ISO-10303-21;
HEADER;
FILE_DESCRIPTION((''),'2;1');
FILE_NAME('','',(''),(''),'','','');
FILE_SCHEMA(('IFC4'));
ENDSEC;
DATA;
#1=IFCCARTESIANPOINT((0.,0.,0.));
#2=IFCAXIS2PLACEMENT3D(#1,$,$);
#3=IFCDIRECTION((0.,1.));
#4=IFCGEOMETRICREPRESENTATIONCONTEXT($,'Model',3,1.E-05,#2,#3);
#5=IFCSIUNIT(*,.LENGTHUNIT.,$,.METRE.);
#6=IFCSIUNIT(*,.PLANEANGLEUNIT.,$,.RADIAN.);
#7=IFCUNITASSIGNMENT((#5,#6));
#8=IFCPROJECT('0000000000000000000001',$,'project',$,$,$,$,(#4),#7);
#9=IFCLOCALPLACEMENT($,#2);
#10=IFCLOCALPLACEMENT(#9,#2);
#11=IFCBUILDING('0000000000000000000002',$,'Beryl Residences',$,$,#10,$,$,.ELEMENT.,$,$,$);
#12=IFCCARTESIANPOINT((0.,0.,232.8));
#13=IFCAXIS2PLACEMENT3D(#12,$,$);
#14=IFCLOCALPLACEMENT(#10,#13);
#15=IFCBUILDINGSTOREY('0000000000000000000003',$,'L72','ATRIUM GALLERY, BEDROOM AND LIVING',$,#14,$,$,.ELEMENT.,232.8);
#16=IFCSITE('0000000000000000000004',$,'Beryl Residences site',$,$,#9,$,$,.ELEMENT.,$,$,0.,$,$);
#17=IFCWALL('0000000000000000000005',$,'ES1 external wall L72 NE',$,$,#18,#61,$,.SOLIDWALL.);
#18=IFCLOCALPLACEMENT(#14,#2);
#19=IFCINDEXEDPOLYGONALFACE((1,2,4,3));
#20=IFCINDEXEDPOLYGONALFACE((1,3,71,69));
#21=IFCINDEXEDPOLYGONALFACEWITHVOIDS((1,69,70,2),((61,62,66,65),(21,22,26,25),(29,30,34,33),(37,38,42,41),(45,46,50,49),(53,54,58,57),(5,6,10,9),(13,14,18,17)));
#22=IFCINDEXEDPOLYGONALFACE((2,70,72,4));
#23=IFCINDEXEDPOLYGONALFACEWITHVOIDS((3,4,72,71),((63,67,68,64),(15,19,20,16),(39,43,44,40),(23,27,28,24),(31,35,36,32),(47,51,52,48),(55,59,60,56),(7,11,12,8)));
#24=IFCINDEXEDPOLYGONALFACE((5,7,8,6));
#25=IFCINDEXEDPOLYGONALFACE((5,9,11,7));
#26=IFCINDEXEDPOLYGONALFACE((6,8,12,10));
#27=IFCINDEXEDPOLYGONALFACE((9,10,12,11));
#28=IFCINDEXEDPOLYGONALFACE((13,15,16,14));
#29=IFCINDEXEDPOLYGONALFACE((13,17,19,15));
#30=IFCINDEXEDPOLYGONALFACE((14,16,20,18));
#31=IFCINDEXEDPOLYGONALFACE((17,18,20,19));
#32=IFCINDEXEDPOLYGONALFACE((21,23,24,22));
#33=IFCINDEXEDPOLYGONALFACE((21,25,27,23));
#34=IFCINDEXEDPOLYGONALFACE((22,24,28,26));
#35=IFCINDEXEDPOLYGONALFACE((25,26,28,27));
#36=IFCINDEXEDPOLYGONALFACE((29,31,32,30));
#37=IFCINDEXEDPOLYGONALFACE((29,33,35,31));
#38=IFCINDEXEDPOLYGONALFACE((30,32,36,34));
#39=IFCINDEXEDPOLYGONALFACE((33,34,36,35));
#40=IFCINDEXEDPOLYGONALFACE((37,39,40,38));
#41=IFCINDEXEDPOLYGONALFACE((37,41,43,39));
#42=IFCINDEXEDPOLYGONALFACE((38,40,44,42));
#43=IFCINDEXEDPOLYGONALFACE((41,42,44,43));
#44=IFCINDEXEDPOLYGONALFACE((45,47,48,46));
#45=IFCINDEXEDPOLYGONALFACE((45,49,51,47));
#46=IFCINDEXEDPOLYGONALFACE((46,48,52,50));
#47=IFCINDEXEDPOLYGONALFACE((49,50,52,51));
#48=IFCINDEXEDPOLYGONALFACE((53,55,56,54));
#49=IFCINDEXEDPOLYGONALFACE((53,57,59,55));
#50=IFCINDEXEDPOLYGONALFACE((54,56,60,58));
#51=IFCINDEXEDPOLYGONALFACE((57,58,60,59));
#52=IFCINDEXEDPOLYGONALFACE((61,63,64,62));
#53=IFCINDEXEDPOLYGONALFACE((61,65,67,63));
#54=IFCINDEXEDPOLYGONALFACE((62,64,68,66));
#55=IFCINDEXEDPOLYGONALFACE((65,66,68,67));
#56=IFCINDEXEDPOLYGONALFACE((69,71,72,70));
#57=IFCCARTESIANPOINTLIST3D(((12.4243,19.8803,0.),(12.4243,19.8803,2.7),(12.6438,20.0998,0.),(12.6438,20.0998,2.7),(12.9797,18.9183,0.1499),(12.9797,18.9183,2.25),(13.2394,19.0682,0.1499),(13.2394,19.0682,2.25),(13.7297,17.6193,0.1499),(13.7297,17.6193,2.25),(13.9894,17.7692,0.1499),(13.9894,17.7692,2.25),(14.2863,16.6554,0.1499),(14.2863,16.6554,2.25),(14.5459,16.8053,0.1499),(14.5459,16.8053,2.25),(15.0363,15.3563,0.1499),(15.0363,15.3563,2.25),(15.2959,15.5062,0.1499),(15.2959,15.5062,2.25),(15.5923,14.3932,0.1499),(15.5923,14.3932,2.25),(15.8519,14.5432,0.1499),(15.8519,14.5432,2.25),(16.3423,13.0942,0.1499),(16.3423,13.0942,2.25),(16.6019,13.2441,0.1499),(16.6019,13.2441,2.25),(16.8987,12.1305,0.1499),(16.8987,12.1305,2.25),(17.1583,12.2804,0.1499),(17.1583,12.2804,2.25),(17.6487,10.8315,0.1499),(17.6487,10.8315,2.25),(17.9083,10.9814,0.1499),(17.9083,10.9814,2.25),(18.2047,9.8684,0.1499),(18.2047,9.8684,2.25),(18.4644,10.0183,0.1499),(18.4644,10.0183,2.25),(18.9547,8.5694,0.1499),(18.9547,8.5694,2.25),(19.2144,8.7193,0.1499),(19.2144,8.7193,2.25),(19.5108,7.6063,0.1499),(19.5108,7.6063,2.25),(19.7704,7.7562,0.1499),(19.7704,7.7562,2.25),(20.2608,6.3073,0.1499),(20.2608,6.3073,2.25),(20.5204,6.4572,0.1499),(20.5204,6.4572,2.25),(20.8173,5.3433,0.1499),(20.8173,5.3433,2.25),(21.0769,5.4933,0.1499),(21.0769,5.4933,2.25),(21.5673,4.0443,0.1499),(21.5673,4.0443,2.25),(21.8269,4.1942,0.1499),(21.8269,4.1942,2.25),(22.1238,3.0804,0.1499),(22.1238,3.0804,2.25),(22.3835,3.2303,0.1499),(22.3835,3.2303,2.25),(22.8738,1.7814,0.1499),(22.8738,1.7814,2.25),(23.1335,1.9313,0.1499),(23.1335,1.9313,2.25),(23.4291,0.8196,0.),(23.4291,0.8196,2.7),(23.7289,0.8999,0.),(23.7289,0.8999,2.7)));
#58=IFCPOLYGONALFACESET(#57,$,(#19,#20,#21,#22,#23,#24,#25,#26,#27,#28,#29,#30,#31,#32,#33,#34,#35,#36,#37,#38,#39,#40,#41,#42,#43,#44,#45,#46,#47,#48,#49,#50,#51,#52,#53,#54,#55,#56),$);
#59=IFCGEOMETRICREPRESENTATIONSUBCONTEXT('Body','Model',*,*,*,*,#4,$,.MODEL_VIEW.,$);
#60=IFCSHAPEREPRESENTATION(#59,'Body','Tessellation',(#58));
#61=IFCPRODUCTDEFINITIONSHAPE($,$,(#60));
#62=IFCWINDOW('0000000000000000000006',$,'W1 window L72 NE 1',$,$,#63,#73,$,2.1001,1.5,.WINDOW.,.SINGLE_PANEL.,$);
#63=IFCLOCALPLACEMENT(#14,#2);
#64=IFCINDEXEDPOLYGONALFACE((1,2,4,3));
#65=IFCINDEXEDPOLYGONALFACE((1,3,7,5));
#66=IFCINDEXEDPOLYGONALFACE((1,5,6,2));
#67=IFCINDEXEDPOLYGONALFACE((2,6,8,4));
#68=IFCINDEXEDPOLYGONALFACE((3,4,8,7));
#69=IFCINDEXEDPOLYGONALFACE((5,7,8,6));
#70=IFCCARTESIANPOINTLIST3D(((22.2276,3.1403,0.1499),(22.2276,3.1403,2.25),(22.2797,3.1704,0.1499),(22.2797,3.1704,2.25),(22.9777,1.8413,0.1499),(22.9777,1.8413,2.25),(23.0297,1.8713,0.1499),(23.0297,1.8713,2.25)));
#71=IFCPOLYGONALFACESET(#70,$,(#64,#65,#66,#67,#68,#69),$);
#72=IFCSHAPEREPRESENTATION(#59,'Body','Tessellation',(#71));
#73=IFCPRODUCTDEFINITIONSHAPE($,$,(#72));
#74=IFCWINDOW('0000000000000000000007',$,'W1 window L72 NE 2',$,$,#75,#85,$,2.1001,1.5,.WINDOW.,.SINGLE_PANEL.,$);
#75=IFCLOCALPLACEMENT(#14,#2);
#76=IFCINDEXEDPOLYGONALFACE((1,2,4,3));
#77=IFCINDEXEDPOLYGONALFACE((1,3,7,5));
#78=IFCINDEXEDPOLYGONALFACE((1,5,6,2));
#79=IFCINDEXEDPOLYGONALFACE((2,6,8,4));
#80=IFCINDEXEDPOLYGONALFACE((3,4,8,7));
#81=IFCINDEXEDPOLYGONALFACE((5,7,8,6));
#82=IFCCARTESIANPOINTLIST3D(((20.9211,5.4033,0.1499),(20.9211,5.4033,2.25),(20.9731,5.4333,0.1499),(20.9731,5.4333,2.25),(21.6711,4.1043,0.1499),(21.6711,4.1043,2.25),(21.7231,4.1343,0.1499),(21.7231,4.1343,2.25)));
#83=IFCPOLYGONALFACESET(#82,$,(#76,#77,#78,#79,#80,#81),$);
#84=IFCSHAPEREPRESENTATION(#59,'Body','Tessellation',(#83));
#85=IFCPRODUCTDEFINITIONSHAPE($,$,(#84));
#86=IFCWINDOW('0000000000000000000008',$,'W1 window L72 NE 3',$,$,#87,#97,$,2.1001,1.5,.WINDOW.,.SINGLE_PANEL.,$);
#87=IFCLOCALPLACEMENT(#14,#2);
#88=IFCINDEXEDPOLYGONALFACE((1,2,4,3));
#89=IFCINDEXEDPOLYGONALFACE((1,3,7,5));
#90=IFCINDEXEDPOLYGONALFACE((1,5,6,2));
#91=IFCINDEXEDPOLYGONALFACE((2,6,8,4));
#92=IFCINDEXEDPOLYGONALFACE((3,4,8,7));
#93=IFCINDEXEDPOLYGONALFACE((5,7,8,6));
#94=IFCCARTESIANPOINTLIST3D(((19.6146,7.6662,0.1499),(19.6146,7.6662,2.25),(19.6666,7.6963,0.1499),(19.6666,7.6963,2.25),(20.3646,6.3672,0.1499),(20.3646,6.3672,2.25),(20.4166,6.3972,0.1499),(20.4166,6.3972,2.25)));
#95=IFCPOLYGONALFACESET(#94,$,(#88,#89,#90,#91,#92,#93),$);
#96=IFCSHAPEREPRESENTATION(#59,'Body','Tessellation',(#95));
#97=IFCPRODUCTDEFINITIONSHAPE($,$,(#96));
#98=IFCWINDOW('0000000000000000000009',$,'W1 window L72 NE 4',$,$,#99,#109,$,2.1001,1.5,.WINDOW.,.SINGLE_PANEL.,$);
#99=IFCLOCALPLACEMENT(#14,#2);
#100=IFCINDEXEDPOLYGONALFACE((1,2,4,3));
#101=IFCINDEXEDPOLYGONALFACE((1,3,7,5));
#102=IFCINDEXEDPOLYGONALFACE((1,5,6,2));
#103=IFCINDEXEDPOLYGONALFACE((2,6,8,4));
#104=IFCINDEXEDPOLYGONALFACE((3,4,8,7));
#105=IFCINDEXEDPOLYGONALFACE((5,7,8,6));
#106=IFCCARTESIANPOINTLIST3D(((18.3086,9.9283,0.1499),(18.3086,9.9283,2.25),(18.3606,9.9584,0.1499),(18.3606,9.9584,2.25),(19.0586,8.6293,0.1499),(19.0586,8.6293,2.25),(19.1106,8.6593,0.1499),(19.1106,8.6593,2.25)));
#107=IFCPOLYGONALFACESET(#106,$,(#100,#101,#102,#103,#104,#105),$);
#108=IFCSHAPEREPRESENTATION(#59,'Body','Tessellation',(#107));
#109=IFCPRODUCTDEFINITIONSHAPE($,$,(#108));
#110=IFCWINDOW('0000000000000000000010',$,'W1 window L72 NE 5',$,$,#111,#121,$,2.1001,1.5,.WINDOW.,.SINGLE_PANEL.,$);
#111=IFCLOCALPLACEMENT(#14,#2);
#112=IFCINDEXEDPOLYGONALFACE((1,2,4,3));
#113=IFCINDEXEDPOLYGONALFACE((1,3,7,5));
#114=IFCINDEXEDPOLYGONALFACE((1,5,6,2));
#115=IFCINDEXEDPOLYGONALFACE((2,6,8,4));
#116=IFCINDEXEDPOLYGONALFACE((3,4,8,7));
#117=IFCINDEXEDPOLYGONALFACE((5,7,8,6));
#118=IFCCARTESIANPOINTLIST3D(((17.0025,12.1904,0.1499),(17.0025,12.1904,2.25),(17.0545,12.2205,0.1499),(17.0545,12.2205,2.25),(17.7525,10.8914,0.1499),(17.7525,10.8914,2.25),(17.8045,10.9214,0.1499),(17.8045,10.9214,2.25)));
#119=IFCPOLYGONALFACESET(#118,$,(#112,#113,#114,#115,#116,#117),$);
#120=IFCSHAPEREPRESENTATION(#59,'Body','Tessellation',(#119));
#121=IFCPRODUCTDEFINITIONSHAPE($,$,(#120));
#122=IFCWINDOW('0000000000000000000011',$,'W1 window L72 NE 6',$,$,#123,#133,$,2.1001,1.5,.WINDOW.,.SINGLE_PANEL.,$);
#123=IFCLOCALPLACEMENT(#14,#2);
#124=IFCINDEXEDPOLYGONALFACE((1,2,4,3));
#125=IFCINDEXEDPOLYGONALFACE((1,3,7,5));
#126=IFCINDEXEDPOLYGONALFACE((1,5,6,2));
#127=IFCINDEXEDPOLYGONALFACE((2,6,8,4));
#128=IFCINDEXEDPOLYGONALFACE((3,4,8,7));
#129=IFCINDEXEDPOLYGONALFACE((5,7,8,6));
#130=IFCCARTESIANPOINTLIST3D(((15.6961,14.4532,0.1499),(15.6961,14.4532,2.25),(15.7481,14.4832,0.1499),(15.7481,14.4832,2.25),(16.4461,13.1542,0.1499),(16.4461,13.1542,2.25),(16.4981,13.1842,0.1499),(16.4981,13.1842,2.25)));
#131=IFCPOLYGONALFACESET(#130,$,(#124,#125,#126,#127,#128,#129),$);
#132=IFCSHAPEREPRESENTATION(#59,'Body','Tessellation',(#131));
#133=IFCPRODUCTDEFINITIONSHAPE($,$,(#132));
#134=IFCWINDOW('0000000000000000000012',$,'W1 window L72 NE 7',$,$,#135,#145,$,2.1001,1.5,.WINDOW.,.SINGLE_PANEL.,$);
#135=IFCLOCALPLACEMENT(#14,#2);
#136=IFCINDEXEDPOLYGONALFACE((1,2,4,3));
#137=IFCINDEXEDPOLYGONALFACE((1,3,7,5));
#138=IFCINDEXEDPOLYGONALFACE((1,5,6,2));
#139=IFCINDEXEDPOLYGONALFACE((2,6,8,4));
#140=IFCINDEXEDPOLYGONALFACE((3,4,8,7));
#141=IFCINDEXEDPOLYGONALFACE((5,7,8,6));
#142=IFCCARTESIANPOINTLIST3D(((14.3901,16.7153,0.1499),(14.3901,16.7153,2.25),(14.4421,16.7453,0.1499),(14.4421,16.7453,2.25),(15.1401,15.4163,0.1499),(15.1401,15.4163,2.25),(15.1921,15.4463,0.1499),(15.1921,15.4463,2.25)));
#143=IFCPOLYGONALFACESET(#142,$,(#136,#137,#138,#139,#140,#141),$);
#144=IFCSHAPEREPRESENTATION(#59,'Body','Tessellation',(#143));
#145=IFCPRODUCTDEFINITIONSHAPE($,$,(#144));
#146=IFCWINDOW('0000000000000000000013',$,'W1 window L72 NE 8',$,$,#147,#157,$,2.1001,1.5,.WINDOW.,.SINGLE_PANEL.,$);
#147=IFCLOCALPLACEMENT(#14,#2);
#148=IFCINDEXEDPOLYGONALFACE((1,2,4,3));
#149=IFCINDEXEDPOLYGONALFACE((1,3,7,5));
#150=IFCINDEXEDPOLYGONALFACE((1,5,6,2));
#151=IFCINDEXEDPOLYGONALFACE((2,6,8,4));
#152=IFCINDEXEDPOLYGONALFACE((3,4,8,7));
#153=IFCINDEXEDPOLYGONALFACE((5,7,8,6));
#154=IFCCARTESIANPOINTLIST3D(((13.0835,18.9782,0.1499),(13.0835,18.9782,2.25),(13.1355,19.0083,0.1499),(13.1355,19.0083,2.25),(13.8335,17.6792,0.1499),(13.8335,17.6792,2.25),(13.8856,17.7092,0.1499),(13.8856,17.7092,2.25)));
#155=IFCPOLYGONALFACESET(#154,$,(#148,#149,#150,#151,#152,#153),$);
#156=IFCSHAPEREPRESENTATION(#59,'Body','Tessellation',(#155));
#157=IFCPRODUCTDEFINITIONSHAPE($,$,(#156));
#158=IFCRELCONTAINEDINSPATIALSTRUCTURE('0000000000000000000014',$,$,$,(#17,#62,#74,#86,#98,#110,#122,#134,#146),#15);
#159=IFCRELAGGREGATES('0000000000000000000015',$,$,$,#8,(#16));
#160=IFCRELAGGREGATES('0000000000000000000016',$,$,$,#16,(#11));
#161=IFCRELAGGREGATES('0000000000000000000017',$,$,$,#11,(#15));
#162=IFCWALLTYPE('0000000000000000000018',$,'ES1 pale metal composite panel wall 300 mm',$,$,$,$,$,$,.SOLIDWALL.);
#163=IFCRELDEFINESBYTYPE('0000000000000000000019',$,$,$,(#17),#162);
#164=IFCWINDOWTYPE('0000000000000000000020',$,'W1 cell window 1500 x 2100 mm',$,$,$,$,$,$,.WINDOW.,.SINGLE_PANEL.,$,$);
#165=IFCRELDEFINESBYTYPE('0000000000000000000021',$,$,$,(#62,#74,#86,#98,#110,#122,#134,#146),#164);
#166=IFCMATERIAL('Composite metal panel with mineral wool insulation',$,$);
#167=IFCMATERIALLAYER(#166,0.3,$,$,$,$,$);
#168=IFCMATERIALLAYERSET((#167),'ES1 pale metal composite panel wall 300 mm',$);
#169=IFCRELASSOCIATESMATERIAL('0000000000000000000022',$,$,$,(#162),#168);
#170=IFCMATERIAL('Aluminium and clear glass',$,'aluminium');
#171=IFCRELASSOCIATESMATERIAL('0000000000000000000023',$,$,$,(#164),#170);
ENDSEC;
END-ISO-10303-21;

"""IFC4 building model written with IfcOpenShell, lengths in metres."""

from ifc_helpers import new_model, si_unit, direction, frame, frame_2d, origin, place, context, subcontext, project, spatial, polyline, rectangle, outline, extrude, material, layer, layer_set, type_object, element, fill, save


model = new_model("IFC4")

# Units and contexts
model_context = context("Model", 3, precision=1e-05, world=origin(), true_north=direction((0.0, 1.0)))
body_context = subcontext(model_context, "Body", "Model", "MODEL_VIEW")
ifc_project = project(units=[si_unit("LENGTHUNIT", "METRE"), si_unit("PLANEANGLEUNIT", "RADIAN")], contexts=[model_context])

# Site, building, storey
site_placement = place(None, origin())
site = spatial("IfcSite", under=ifc_project, at=site_placement, Name="Beryl Residences site", CompositionType="ELEMENT", RefElevation=0.0)
building_placement = place(site_placement, origin())
building = spatial("IfcBuilding", under=site, at=building_placement, Name="Beryl Residences", CompositionType="ELEMENT")
storey_placement = place(building_placement, frame((0.0, 0.0, 232.8)))
storey = spatial("IfcBuildingStorey", under=building, at=storey_placement, Name="L72", Description="ATRIUM GALLERY, BEDROOM AND LIVING", CompositionType="ELEMENT", Elevation=232.8)

# Wall, openings, windows
ifc_material_1 = material(Name="Composite metal panel with mineral wool insulation")
ifc_layer_1 = layer(ifc_material_1, 0.3)
ifc_layer_set_1 = layer_set([ifc_layer_1], Name="ES1 pale metal composite panel wall 300 mm")
wall_type_1 = type_object("IfcWallType", Name="ES1 pale metal composite panel wall 300 mm", PredefinedType="SOLIDWALL", material=ifc_layer_set_1)
wall_1_placement = place(storey_placement, frame((23.5991, 0.825, 0.0), z_axis=(0.0, 0.0, 1.0), x_axis=(-0.500004, 0.866023, 0.0)))
wall_1 = element("IfcWall", 1, at=wall_1_placement, inside=storey, type_object=wall_type_1, Name="ES1 external wall L72 NE", PredefinedType="SOLIDWALL", context=body_context, shape_type="SweptSolid", body=[
    extrude(outline(polyline([(0.0, -0.1499), (22.1702, -0.1499), (22.0898, 0.1499), (0.0803, 0.1499), (0.0, -0.1499)])), origin(), (0.0, 0.0, 1.0), 2.7),
])
opening_1_placement = place(wall_1_placement, frame((1.1909, 0.0, 0.1499)))
opening_1 = element("IfcOpeningElement", 2, at=opening_1_placement, cuts=wall_1, PredefinedType="OPENING", context=body_context, shape_type="SweptSolid", body=[
    extrude(rectangle(XDim=1.5, YDim=2.1001, at=frame_2d((0.75, 1.05))), frame((0.0, 0.1599, 0.0), z_axis=(0.0, -1.0, 0.0), x_axis=(1.0, 0.0, 0.0)), (0.0, 0.0, 1.0), 0.3201),
])
opening_2_placement = place(wall_1_placement, frame((3.804, 0.0, 0.1499)))
opening_2 = element("IfcOpeningElement", 3, at=opening_2_placement, cuts=wall_1, PredefinedType="OPENING", context=body_context, shape_type="SweptSolid", body=[
    extrude(rectangle(XDim=1.5, YDim=2.1001, at=frame_2d((0.75, 1.05))), frame((0.0, 0.1599, 0.0), z_axis=(0.0, -1.0, 0.0), x_axis=(1.0, 0.0, 0.0)), (0.0, 0.0, 1.0), 0.3201),
])
opening_3_placement = place(wall_1_placement, frame((6.417, 0.0, 0.1499)))
opening_3 = element("IfcOpeningElement", 4, at=opening_3_placement, cuts=wall_1, PredefinedType="OPENING", context=body_context, shape_type="SweptSolid", body=[
    extrude(rectangle(XDim=1.5, YDim=2.1001, at=frame_2d((0.75, 1.05))), frame((0.0, 0.1599, 0.0), z_axis=(0.0, -1.0, 0.0), x_axis=(1.0, 0.0, 0.0)), (0.0, 0.0, 1.0), 0.3201),
])
opening_4_placement = place(wall_1_placement, frame((9.0291, 0.0, 0.1499)))
opening_4 = element("IfcOpeningElement", 5, at=opening_4_placement, cuts=wall_1, PredefinedType="OPENING", context=body_context, shape_type="SweptSolid", body=[
    extrude(rectangle(XDim=1.5, YDim=2.1001, at=frame_2d((0.75, 1.05))), frame((0.0, 0.1599, 0.0), z_axis=(0.0, -1.0, 0.0), x_axis=(1.0, 0.0, 0.0)), (0.0, 0.0, 1.0), 0.3201),
])
opening_5_placement = place(wall_1_placement, frame((11.6411, 0.0, 0.1499)))
opening_5 = element("IfcOpeningElement", 6, at=opening_5_placement, cuts=wall_1, PredefinedType="OPENING", context=body_context, shape_type="SweptSolid", body=[
    extrude(rectangle(XDim=1.5, YDim=2.1001, at=frame_2d((0.75, 1.05))), frame((0.0, 0.1599, 0.0), z_axis=(0.0, -1.0, 0.0), x_axis=(1.0, 0.0, 0.0)), (0.0, 0.0, 1.0), 0.3201),
])
opening_6_placement = place(wall_1_placement, frame((14.2539, 0.0, 0.1499)))
opening_6 = element("IfcOpeningElement", 7, at=opening_6_placement, cuts=wall_1, PredefinedType="OPENING", context=body_context, shape_type="SweptSolid", body=[
    extrude(rectangle(XDim=1.5, YDim=2.1001, at=frame_2d((0.75, 1.05))), frame((0.0, 0.1599, 0.0), z_axis=(0.0, -1.0, 0.0), x_axis=(1.0, 0.0, 0.0)), (0.0, 0.0, 1.0), 0.3201),
])
opening_7_placement = place(wall_1_placement, frame((16.866, 0.0, 0.1499)))
opening_7 = element("IfcOpeningElement", 8, at=opening_7_placement, cuts=wall_1, PredefinedType="OPENING", context=body_context, shape_type="SweptSolid", body=[
    extrude(rectangle(XDim=1.5, YDim=2.1001, at=frame_2d((0.75, 1.05))), frame((0.0, 0.1599, 0.0), z_axis=(0.0, -1.0, 0.0), x_axis=(1.0, 0.0, 0.0)), (0.0, 0.0, 1.0), 0.3201),
])
opening_8_placement = place(wall_1_placement, frame((19.479, 0.0, 0.1499)))
opening_8 = element("IfcOpeningElement", 9, at=opening_8_placement, cuts=wall_1, PredefinedType="OPENING", context=body_context, shape_type="SweptSolid", body=[
    extrude(rectangle(XDim=1.5, YDim=2.1001, at=frame_2d((0.75, 1.05))), frame((0.0, 0.1599, 0.0), z_axis=(0.0, -1.0, 0.0), x_axis=(1.0, 0.0, 0.0)), (0.0, 0.0, 1.0), 0.3201),
])
ifc_material_2 = material(Name="Aluminium and clear glass", Category="aluminium")
window_type = type_object("IfcWindowType", Name="W1 cell window 1500 x 2100 mm", PartitioningType="SINGLE_PANEL", PredefinedType="WINDOW", material=ifc_material_2)
window_1_placement = place(opening_1_placement, origin())
window_1 = element("IfcWindow", 10, at=window_1_placement, inside=storey, type_object=window_type, Name="W1 window L72 NE 1", OverallHeight=2.1001, OverallWidth=1.5, PartitioningType="SINGLE_PANEL", PredefinedType="WINDOW", context=body_context, shape_type="SweptSolid", body=[
    extrude(rectangle(XDim=1.5, YDim=2.1001, at=frame_2d((0.75, 1.05))), frame((0.0, 0.03, 0.0), z_axis=(0.0, -1.0, 0.0), x_axis=(1.0, 0.0, 0.0)), (0.0, 0.0, 1.0), 0.0601),
])
fill(opening_1, window_1)
window_2_placement = place(opening_2_placement, origin())
window_2 = element("IfcWindow", 11, at=window_2_placement, inside=storey, type_object=window_type, Name="W1 window L72 NE 2", OverallHeight=2.1001, OverallWidth=1.5, PartitioningType="SINGLE_PANEL", PredefinedType="WINDOW", context=body_context, shape_type="SweptSolid", body=[
    extrude(rectangle(XDim=1.5, YDim=2.1001, at=frame_2d((0.75, 1.05))), frame((0.0, 0.03, 0.0), z_axis=(0.0, -1.0, 0.0), x_axis=(1.0, 0.0, 0.0)), (0.0, 0.0, 1.0), 0.0601),
])
fill(opening_2, window_2)
window_3_placement = place(opening_3_placement, origin())
window_3 = element("IfcWindow", 12, at=window_3_placement, inside=storey, type_object=window_type, Name="W1 window L72 NE 3", OverallHeight=2.1001, OverallWidth=1.5, PartitioningType="SINGLE_PANEL", PredefinedType="WINDOW", context=body_context, shape_type="SweptSolid", body=[
    extrude(rectangle(XDim=1.5, YDim=2.1001, at=frame_2d((0.75, 1.05))), frame((0.0, 0.03, 0.0), z_axis=(0.0, -1.0, 0.0), x_axis=(1.0, 0.0, 0.0)), (0.0, 0.0, 1.0), 0.0601),
])
fill(opening_3, window_3)
window_4_placement = place(opening_4_placement, origin())
window_4 = element("IfcWindow", 13, at=window_4_placement, inside=storey, type_object=window_type, Name="W1 window L72 NE 4", OverallHeight=2.1001, OverallWidth=1.5, PartitioningType="SINGLE_PANEL", PredefinedType="WINDOW", context=body_context, shape_type="SweptSolid", body=[
    extrude(rectangle(XDim=1.5, YDim=2.1001, at=frame_2d((0.75, 1.05))), frame((0.0, 0.03, 0.0), z_axis=(0.0, -1.0, 0.0), x_axis=(1.0, 0.0, 0.0)), (0.0, 0.0, 1.0), 0.0601),
])
fill(opening_4, window_4)
window_5_placement = place(opening_5_placement, origin())
window_5 = element("IfcWindow", 14, at=window_5_placement, inside=storey, type_object=window_type, Name="W1 window L72 NE 5", OverallHeight=2.1001, OverallWidth=1.5, PartitioningType="SINGLE_PANEL", PredefinedType="WINDOW", context=body_context, shape_type="SweptSolid", body=[
    extrude(rectangle(XDim=1.5, YDim=2.1001, at=frame_2d((0.75, 1.05))), frame((0.0, 0.03, 0.0), z_axis=(0.0, -1.0, 0.0), x_axis=(1.0, 0.0, 0.0)), (0.0, 0.0, 1.0), 0.0601),
])
fill(opening_5, window_5)
window_6_placement = place(opening_6_placement, origin())
window_6 = element("IfcWindow", 15, at=window_6_placement, inside=storey, type_object=window_type, Name="W1 window L72 NE 6", OverallHeight=2.1001, OverallWidth=1.5, PartitioningType="SINGLE_PANEL", PredefinedType="WINDOW", context=body_context, shape_type="SweptSolid", body=[
    extrude(rectangle(XDim=1.5, YDim=2.1001, at=frame_2d((0.75, 1.05))), frame((0.0, 0.03, 0.0), z_axis=(0.0, -1.0, 0.0), x_axis=(1.0, 0.0, 0.0)), (0.0, 0.0, 1.0), 0.0601),
])
fill(opening_6, window_6)
window_7_placement = place(opening_7_placement, origin())
window_7 = element("IfcWindow", 16, at=window_7_placement, inside=storey, type_object=window_type, Name="W1 window L72 NE 7", OverallHeight=2.1001, OverallWidth=1.5, PartitioningType="SINGLE_PANEL", PredefinedType="WINDOW", context=body_context, shape_type="SweptSolid", body=[
    extrude(rectangle(XDim=1.5, YDim=2.1001, at=frame_2d((0.75, 1.05))), frame((0.0, 0.03, 0.0), z_axis=(0.0, -1.0, 0.0), x_axis=(1.0, 0.0, 0.0)), (0.0, 0.0, 1.0), 0.0601),
])
fill(opening_7, window_7)
window_8_placement = place(opening_8_placement, origin())
window_8 = element("IfcWindow", 17, at=window_8_placement, inside=storey, type_object=window_type, Name="W1 window L72 NE 8", OverallHeight=2.1001, OverallWidth=1.5, PartitioningType="SINGLE_PANEL", PredefinedType="WINDOW", context=body_context, shape_type="SweptSolid", body=[
    extrude(rectangle(XDim=1.5, YDim=2.1001, at=frame_2d((0.75, 1.05))), frame((0.0, 0.03, 0.0), z_axis=(0.0, -1.0, 0.0), x_axis=(1.0, 0.0, 0.0)), (0.0, 0.0, 1.0), 0.0601),
])
fill(opening_8, window_8)

save(model, "model.ifc")
